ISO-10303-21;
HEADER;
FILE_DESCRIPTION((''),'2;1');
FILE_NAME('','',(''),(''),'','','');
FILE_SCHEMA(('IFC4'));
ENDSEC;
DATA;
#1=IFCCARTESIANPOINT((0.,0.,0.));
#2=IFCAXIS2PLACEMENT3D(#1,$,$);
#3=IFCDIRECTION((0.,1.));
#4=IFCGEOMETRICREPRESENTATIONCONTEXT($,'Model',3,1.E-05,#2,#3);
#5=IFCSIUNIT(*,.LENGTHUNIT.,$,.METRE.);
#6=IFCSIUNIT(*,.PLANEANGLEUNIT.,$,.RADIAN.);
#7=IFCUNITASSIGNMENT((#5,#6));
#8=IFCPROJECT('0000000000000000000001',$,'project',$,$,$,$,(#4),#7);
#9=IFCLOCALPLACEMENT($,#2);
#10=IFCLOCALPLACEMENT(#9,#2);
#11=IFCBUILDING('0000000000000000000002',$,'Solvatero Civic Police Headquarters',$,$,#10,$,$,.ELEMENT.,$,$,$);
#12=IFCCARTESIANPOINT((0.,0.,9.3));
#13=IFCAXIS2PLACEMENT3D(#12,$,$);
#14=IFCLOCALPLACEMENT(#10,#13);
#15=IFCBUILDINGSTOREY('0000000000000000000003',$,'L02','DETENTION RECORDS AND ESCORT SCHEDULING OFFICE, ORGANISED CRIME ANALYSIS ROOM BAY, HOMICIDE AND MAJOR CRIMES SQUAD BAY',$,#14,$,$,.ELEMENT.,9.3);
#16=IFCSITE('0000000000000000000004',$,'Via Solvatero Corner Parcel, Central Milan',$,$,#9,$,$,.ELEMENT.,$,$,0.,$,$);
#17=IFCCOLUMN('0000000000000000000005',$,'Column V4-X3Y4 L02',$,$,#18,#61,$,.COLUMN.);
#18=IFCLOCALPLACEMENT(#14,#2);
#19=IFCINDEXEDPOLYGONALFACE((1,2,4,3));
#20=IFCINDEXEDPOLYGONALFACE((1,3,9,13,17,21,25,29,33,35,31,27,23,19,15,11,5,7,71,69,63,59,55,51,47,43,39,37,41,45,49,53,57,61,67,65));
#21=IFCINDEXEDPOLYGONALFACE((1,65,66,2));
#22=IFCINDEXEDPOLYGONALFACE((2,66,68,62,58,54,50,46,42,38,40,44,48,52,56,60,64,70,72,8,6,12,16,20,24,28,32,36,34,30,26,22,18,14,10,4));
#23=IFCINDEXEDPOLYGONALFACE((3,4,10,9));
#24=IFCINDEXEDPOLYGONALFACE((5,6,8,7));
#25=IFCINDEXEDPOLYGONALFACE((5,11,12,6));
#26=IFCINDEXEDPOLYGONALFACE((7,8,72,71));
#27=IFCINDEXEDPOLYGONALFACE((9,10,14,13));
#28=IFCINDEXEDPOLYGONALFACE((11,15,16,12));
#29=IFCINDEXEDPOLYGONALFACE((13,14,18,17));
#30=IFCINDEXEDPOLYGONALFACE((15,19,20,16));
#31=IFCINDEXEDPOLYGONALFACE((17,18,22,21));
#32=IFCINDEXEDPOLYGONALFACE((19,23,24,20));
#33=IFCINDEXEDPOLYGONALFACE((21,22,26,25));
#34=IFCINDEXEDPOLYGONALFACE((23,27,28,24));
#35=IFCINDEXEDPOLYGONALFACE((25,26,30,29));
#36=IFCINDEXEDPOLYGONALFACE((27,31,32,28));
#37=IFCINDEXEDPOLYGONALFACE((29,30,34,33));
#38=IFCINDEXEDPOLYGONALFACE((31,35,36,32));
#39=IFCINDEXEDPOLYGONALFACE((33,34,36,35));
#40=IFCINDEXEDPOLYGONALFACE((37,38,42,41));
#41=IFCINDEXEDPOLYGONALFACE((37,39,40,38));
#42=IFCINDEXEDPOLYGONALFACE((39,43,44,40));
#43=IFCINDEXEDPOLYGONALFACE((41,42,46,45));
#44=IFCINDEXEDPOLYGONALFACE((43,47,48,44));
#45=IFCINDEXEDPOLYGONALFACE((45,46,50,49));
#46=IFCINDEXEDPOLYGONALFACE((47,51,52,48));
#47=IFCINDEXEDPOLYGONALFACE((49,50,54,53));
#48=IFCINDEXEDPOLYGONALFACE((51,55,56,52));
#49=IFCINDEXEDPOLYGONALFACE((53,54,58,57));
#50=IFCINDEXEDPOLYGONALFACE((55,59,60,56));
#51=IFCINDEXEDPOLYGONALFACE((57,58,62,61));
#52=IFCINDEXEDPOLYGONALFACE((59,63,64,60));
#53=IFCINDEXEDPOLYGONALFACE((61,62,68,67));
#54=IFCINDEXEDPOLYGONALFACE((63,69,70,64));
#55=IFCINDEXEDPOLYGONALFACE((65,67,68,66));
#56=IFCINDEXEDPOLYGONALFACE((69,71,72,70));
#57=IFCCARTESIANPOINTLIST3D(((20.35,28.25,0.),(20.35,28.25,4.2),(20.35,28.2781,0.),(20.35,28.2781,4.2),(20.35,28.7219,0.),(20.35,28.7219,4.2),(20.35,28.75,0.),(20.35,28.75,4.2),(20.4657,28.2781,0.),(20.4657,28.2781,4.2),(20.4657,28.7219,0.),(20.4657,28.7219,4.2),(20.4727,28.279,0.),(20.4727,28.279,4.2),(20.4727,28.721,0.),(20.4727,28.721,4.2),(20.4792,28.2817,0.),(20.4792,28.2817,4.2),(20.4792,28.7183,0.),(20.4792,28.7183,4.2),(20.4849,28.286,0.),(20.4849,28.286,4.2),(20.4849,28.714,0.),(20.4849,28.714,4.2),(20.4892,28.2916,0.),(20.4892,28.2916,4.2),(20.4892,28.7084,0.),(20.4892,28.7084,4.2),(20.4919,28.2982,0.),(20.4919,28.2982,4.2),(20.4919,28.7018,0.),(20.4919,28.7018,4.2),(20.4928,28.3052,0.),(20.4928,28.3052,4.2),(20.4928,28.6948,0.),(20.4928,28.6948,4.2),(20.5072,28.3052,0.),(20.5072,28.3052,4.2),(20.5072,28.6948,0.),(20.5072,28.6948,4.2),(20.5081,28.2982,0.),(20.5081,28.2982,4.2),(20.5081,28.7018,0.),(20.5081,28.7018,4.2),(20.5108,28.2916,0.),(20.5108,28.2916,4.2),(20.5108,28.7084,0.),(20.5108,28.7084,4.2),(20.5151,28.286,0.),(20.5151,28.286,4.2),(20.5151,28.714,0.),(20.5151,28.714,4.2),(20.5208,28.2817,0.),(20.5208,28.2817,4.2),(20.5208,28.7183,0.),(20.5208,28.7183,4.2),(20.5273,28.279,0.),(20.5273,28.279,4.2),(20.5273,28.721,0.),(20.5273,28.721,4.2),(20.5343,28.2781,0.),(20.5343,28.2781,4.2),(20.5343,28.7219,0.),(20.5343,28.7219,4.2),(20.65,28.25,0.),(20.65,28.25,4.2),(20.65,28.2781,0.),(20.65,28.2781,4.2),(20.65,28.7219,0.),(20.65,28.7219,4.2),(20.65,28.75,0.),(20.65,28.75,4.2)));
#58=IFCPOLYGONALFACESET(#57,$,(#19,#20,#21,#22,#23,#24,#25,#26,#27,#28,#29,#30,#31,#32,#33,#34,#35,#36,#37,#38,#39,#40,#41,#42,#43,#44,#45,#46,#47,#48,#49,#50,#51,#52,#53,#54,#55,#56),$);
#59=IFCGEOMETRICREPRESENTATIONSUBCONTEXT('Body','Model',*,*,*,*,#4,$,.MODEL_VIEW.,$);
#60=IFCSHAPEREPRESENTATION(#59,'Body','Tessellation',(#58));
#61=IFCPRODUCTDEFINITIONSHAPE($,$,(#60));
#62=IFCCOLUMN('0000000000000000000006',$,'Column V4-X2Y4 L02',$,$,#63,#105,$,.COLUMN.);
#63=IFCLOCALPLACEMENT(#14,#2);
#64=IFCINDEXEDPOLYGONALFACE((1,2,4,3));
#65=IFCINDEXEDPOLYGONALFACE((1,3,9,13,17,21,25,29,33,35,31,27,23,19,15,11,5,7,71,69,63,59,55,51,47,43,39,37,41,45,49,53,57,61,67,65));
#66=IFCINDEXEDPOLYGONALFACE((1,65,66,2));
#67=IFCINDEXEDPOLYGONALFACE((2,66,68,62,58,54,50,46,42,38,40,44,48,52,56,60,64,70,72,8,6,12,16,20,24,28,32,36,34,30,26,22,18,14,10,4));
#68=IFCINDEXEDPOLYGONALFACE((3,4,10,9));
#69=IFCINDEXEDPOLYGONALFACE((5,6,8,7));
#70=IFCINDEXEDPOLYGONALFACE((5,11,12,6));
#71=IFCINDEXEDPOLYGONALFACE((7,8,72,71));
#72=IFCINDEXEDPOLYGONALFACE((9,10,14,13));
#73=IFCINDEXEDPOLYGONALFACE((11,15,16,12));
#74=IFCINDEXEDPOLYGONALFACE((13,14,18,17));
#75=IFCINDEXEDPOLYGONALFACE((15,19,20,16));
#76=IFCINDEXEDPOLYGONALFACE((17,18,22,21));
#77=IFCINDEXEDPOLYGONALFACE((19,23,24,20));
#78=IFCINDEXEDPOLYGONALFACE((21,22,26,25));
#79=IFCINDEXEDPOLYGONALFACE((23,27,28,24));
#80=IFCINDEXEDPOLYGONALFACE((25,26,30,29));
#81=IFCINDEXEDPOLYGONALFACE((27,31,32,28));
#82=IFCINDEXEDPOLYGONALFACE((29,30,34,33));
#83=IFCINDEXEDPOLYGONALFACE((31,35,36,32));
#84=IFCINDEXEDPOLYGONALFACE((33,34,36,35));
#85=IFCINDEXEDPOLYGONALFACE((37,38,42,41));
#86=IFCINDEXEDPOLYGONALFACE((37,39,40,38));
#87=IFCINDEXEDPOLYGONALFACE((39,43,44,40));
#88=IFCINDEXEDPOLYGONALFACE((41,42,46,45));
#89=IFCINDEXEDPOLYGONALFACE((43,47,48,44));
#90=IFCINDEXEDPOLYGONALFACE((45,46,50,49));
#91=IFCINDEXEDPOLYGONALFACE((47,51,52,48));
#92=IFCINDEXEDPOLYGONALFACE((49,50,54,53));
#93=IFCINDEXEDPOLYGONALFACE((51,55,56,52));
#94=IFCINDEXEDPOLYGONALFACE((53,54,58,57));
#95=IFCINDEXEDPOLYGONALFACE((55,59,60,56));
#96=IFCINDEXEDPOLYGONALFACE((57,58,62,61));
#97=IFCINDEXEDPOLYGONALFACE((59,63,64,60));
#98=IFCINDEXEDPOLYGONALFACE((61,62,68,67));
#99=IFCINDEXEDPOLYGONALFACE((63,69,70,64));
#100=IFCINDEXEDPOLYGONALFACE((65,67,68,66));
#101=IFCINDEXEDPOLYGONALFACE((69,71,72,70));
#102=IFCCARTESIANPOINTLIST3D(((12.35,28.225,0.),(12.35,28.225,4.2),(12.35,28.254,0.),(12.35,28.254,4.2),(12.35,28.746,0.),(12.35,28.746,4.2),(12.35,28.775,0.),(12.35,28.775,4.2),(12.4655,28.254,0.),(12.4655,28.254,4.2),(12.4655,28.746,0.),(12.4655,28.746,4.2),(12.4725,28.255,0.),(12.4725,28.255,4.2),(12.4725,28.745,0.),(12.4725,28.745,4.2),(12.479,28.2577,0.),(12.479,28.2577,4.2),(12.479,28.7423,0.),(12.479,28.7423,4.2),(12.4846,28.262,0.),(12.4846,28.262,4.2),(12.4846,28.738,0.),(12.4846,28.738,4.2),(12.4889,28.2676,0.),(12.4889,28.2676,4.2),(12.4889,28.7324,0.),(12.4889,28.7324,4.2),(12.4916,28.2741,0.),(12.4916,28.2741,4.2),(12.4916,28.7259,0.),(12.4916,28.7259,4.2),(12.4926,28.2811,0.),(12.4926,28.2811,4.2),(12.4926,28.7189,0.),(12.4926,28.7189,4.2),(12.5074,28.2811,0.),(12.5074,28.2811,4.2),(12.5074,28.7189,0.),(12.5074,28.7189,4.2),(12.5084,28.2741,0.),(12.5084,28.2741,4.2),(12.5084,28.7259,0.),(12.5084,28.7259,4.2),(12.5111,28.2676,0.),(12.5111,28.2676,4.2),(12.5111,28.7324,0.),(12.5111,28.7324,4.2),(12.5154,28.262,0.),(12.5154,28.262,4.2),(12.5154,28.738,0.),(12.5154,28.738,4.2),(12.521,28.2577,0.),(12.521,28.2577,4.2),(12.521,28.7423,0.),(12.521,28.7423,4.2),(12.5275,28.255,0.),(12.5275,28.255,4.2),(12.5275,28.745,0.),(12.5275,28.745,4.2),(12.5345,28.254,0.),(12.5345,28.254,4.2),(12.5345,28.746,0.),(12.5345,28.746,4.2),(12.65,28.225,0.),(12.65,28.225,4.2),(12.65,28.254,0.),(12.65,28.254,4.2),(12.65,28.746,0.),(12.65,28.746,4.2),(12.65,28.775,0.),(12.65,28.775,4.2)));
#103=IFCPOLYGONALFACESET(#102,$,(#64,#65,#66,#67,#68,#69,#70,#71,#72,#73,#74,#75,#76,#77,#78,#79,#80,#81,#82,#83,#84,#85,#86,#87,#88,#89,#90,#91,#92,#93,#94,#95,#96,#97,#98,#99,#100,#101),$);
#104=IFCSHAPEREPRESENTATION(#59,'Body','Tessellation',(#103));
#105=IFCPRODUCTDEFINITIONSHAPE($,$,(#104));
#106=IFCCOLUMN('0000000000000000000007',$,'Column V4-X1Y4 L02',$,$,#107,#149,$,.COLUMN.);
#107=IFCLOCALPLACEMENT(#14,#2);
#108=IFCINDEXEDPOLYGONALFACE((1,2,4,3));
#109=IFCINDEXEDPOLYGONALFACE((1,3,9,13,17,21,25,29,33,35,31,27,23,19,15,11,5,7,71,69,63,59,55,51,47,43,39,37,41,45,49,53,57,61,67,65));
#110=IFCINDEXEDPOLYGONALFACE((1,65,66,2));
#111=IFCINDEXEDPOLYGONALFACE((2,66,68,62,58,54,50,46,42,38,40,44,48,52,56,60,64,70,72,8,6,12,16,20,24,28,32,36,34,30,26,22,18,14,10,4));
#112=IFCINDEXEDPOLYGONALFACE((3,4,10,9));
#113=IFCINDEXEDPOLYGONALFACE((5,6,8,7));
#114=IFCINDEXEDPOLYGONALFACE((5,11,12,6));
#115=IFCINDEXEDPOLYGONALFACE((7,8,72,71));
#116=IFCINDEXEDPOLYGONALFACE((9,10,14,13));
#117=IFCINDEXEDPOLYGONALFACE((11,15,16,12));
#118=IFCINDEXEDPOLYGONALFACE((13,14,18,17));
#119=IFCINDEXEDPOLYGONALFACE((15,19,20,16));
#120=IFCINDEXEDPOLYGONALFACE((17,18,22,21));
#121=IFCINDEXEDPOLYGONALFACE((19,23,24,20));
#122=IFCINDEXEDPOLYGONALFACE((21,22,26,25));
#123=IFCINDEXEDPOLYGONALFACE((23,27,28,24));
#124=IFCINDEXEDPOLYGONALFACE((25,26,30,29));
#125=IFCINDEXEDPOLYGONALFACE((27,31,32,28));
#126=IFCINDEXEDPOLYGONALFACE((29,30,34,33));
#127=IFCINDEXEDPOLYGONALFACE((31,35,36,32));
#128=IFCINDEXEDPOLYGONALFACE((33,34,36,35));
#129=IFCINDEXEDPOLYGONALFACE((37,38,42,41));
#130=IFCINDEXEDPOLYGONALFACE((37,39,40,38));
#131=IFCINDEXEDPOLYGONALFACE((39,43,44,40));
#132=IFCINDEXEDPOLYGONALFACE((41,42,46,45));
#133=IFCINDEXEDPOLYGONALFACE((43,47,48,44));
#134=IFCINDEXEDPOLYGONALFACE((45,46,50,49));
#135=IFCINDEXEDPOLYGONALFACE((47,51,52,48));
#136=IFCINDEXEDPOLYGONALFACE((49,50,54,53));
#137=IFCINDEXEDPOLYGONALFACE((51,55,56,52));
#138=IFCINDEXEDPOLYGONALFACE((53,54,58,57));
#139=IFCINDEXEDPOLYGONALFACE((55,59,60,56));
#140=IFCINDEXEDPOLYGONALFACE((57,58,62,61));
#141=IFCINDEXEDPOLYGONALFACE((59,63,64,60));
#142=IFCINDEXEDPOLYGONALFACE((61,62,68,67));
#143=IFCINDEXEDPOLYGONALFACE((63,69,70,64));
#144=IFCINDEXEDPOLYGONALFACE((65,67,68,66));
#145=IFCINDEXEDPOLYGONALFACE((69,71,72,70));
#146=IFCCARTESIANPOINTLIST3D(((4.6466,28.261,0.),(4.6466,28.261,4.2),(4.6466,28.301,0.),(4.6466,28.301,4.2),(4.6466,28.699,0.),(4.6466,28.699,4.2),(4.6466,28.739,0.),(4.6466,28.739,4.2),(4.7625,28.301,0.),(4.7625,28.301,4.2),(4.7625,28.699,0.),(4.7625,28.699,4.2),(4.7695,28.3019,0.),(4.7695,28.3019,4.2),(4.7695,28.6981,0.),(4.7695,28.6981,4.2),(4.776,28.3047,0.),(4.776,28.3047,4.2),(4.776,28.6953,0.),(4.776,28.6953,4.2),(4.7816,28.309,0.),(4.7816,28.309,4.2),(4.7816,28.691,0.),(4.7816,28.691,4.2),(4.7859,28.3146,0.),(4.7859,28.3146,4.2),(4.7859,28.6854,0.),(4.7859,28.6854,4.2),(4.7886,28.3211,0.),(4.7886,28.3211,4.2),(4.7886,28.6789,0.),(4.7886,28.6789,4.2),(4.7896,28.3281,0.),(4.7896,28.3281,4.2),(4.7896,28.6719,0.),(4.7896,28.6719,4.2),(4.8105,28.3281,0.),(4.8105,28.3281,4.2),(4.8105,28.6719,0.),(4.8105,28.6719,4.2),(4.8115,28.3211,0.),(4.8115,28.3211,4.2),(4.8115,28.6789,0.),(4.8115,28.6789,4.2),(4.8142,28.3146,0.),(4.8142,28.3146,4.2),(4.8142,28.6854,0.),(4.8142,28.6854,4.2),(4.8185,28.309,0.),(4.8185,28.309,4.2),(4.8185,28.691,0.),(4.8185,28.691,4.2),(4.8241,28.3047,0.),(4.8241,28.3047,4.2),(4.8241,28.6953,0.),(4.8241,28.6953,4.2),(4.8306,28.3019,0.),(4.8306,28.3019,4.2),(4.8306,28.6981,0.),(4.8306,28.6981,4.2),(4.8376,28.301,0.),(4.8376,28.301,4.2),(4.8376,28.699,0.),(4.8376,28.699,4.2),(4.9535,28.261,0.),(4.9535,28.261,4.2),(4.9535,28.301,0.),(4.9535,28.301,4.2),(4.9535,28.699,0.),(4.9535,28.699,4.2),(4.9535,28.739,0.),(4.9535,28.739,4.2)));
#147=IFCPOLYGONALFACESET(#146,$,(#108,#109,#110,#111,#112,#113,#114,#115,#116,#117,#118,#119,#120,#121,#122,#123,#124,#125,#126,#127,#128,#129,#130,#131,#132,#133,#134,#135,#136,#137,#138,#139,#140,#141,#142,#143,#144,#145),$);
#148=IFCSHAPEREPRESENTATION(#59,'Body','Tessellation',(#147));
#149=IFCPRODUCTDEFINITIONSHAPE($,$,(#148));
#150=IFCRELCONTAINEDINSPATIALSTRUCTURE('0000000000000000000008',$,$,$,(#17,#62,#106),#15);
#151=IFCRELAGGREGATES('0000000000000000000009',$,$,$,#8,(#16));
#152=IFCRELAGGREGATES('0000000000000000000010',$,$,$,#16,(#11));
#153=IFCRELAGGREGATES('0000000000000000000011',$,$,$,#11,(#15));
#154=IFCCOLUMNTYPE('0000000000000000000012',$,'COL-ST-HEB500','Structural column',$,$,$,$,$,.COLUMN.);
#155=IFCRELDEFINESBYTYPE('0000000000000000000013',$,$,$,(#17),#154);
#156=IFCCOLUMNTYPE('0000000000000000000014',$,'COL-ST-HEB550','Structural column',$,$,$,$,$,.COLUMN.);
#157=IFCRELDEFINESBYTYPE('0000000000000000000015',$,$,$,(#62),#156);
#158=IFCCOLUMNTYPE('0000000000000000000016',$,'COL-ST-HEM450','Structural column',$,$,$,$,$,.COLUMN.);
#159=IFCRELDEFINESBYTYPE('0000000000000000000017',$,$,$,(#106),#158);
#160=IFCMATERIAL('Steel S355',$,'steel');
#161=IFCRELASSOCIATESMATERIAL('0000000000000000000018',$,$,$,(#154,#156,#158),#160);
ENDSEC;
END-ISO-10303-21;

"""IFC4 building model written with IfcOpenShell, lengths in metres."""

from ifc_helpers import new_model, si_unit, direction, frame, origin, origin_2d, place, context, subcontext, project, spatial, i_section, extrude, material, material_profile, profile_set, type_object, element, save


model = new_model("IFC4")

# Units and contexts
model_context = context("Model", 3, precision=1e-05, world=origin(), true_north=direction((0.0, 1.0)))
body_context = subcontext(model_context, "Body", "Model", "MODEL_VIEW")
ifc_project = project(units=[si_unit("LENGTHUNIT", "METRE"), si_unit("PLANEANGLEUNIT", "RADIAN")], contexts=[model_context])

# Site, building, storey
site_placement = place(None, origin())
site = spatial("IfcSite", under=ifc_project, at=site_placement, Name="Via Solvatero Corner Parcel, Central Milan", CompositionType="ELEMENT", RefElevation=0.0)
building_placement = place(site_placement, origin())
building = spatial("IfcBuilding", under=site, at=building_placement, Name="Solvatero Civic Police Headquarters", CompositionType="ELEMENT")
storey_placement = place(building_placement, frame((0.0, 0.0, 9.3)))
storey = spatial("IfcBuildingStorey", under=building, at=storey_placement, Name="L02", Description="DETENTION RECORDS AND ESCORT SCHEDULING OFFICE, ORGANISED CRIME ANALYSIS ROOM BAY, HOMICIDE AND MAJOR CRIMES SQUAD BAY", CompositionType="ELEMENT", Elevation=9.3)

# Columns
ifc_material = material(Name="Steel S355", Category="steel")
ifc_material_profile_1 = material_profile(ifc_material, i_section(OverallWidth=0.3, OverallDepth=0.5, WebThickness=0.0144, FlangeThickness=0.0281, FilletRadius=0.0271, at=origin_2d()), Name="HEB 500")
ifc_profile_set_1 = profile_set([ifc_material_profile_1], Name="Steel S355")
column_type_1 = type_object("IfcColumnType", Name="COL-ST-HEB500", Description="Structural column", PredefinedType="COLUMN", material=ifc_profile_set_1)
column_1_placement = place(storey_placement, frame((20.5, 28.5, 0.0), z_axis=(0.0, 0.0, 1.0), x_axis=(1.0, 0.0, 0.0)))
element("IfcColumn", 1, at=column_1_placement, inside=storey, type_object=column_type_1, Name="Column V4-X3Y4 L02", PredefinedType="COLUMN", context=body_context, shape_type="SweptSolid", body=[
    extrude(i_section(OverallWidth=0.3, OverallDepth=0.5, WebThickness=0.0144, FlangeThickness=0.0281, FilletRadius=0.0271, at=origin_2d()), origin(), (0.0, 0.0, 1.0), 4.2),
])
ifc_material_profile_2 = material_profile(ifc_material, i_section(OverallWidth=0.3, OverallDepth=0.55, WebThickness=0.0149, FlangeThickness=0.0291, FilletRadius=0.0271, at=origin_2d()), Name="HEB 550")
ifc_profile_set_2 = profile_set([ifc_material_profile_2], Name="Steel S355")
column_type_2 = type_object("IfcColumnType", Name="COL-ST-HEB550", Description="Structural column", PredefinedType="COLUMN", material=ifc_profile_set_2)
column_2_placement = place(storey_placement, frame((12.5, 28.5, 0.0), z_axis=(0.0, 0.0, 1.0), x_axis=(1.0, 0.0, 0.0)))
element("IfcColumn", 2, at=column_2_placement, inside=storey, type_object=column_type_2, Name="Column V4-X2Y4 L02", PredefinedType="COLUMN", context=body_context, shape_type="SweptSolid", body=[
    extrude(i_section(OverallWidth=0.3, OverallDepth=0.55, WebThickness=0.0149, FlangeThickness=0.0291, FilletRadius=0.0271, at=origin_2d()), origin(), (0.0, 0.0, 1.0), 4.2),
])
ifc_material_profile_3 = material_profile(ifc_material, i_section(OverallWidth=0.3069, OverallDepth=0.478, WebThickness=0.021, FlangeThickness=0.04, FilletRadius=0.0271, at=origin_2d()), Name="HEM 450")
ifc_profile_set_3 = profile_set([ifc_material_profile_3], Name="Steel S355")
column_type_3 = type_object("IfcColumnType", Name="COL-ST-HEM450", Description="Structural column", PredefinedType="COLUMN", material=ifc_profile_set_3)
column_3_placement = place(storey_placement, frame((4.8, 28.5, 0.0), z_axis=(0.0, 0.0, 1.0), x_axis=(1.0, 0.0, 0.0)))
element("IfcColumn", 3, at=column_3_placement, inside=storey, type_object=column_type_3, Name="Column V4-X1Y4 L02", PredefinedType="COLUMN", context=body_context, shape_type="SweptSolid", body=[
    extrude(i_section(OverallWidth=0.3069, OverallDepth=0.478, WebThickness=0.021, FlangeThickness=0.04, FilletRadius=0.0271, at=origin_2d()), origin(), (0.0, 0.0, 1.0), 4.2),
])

save(model, "model.ifc")
